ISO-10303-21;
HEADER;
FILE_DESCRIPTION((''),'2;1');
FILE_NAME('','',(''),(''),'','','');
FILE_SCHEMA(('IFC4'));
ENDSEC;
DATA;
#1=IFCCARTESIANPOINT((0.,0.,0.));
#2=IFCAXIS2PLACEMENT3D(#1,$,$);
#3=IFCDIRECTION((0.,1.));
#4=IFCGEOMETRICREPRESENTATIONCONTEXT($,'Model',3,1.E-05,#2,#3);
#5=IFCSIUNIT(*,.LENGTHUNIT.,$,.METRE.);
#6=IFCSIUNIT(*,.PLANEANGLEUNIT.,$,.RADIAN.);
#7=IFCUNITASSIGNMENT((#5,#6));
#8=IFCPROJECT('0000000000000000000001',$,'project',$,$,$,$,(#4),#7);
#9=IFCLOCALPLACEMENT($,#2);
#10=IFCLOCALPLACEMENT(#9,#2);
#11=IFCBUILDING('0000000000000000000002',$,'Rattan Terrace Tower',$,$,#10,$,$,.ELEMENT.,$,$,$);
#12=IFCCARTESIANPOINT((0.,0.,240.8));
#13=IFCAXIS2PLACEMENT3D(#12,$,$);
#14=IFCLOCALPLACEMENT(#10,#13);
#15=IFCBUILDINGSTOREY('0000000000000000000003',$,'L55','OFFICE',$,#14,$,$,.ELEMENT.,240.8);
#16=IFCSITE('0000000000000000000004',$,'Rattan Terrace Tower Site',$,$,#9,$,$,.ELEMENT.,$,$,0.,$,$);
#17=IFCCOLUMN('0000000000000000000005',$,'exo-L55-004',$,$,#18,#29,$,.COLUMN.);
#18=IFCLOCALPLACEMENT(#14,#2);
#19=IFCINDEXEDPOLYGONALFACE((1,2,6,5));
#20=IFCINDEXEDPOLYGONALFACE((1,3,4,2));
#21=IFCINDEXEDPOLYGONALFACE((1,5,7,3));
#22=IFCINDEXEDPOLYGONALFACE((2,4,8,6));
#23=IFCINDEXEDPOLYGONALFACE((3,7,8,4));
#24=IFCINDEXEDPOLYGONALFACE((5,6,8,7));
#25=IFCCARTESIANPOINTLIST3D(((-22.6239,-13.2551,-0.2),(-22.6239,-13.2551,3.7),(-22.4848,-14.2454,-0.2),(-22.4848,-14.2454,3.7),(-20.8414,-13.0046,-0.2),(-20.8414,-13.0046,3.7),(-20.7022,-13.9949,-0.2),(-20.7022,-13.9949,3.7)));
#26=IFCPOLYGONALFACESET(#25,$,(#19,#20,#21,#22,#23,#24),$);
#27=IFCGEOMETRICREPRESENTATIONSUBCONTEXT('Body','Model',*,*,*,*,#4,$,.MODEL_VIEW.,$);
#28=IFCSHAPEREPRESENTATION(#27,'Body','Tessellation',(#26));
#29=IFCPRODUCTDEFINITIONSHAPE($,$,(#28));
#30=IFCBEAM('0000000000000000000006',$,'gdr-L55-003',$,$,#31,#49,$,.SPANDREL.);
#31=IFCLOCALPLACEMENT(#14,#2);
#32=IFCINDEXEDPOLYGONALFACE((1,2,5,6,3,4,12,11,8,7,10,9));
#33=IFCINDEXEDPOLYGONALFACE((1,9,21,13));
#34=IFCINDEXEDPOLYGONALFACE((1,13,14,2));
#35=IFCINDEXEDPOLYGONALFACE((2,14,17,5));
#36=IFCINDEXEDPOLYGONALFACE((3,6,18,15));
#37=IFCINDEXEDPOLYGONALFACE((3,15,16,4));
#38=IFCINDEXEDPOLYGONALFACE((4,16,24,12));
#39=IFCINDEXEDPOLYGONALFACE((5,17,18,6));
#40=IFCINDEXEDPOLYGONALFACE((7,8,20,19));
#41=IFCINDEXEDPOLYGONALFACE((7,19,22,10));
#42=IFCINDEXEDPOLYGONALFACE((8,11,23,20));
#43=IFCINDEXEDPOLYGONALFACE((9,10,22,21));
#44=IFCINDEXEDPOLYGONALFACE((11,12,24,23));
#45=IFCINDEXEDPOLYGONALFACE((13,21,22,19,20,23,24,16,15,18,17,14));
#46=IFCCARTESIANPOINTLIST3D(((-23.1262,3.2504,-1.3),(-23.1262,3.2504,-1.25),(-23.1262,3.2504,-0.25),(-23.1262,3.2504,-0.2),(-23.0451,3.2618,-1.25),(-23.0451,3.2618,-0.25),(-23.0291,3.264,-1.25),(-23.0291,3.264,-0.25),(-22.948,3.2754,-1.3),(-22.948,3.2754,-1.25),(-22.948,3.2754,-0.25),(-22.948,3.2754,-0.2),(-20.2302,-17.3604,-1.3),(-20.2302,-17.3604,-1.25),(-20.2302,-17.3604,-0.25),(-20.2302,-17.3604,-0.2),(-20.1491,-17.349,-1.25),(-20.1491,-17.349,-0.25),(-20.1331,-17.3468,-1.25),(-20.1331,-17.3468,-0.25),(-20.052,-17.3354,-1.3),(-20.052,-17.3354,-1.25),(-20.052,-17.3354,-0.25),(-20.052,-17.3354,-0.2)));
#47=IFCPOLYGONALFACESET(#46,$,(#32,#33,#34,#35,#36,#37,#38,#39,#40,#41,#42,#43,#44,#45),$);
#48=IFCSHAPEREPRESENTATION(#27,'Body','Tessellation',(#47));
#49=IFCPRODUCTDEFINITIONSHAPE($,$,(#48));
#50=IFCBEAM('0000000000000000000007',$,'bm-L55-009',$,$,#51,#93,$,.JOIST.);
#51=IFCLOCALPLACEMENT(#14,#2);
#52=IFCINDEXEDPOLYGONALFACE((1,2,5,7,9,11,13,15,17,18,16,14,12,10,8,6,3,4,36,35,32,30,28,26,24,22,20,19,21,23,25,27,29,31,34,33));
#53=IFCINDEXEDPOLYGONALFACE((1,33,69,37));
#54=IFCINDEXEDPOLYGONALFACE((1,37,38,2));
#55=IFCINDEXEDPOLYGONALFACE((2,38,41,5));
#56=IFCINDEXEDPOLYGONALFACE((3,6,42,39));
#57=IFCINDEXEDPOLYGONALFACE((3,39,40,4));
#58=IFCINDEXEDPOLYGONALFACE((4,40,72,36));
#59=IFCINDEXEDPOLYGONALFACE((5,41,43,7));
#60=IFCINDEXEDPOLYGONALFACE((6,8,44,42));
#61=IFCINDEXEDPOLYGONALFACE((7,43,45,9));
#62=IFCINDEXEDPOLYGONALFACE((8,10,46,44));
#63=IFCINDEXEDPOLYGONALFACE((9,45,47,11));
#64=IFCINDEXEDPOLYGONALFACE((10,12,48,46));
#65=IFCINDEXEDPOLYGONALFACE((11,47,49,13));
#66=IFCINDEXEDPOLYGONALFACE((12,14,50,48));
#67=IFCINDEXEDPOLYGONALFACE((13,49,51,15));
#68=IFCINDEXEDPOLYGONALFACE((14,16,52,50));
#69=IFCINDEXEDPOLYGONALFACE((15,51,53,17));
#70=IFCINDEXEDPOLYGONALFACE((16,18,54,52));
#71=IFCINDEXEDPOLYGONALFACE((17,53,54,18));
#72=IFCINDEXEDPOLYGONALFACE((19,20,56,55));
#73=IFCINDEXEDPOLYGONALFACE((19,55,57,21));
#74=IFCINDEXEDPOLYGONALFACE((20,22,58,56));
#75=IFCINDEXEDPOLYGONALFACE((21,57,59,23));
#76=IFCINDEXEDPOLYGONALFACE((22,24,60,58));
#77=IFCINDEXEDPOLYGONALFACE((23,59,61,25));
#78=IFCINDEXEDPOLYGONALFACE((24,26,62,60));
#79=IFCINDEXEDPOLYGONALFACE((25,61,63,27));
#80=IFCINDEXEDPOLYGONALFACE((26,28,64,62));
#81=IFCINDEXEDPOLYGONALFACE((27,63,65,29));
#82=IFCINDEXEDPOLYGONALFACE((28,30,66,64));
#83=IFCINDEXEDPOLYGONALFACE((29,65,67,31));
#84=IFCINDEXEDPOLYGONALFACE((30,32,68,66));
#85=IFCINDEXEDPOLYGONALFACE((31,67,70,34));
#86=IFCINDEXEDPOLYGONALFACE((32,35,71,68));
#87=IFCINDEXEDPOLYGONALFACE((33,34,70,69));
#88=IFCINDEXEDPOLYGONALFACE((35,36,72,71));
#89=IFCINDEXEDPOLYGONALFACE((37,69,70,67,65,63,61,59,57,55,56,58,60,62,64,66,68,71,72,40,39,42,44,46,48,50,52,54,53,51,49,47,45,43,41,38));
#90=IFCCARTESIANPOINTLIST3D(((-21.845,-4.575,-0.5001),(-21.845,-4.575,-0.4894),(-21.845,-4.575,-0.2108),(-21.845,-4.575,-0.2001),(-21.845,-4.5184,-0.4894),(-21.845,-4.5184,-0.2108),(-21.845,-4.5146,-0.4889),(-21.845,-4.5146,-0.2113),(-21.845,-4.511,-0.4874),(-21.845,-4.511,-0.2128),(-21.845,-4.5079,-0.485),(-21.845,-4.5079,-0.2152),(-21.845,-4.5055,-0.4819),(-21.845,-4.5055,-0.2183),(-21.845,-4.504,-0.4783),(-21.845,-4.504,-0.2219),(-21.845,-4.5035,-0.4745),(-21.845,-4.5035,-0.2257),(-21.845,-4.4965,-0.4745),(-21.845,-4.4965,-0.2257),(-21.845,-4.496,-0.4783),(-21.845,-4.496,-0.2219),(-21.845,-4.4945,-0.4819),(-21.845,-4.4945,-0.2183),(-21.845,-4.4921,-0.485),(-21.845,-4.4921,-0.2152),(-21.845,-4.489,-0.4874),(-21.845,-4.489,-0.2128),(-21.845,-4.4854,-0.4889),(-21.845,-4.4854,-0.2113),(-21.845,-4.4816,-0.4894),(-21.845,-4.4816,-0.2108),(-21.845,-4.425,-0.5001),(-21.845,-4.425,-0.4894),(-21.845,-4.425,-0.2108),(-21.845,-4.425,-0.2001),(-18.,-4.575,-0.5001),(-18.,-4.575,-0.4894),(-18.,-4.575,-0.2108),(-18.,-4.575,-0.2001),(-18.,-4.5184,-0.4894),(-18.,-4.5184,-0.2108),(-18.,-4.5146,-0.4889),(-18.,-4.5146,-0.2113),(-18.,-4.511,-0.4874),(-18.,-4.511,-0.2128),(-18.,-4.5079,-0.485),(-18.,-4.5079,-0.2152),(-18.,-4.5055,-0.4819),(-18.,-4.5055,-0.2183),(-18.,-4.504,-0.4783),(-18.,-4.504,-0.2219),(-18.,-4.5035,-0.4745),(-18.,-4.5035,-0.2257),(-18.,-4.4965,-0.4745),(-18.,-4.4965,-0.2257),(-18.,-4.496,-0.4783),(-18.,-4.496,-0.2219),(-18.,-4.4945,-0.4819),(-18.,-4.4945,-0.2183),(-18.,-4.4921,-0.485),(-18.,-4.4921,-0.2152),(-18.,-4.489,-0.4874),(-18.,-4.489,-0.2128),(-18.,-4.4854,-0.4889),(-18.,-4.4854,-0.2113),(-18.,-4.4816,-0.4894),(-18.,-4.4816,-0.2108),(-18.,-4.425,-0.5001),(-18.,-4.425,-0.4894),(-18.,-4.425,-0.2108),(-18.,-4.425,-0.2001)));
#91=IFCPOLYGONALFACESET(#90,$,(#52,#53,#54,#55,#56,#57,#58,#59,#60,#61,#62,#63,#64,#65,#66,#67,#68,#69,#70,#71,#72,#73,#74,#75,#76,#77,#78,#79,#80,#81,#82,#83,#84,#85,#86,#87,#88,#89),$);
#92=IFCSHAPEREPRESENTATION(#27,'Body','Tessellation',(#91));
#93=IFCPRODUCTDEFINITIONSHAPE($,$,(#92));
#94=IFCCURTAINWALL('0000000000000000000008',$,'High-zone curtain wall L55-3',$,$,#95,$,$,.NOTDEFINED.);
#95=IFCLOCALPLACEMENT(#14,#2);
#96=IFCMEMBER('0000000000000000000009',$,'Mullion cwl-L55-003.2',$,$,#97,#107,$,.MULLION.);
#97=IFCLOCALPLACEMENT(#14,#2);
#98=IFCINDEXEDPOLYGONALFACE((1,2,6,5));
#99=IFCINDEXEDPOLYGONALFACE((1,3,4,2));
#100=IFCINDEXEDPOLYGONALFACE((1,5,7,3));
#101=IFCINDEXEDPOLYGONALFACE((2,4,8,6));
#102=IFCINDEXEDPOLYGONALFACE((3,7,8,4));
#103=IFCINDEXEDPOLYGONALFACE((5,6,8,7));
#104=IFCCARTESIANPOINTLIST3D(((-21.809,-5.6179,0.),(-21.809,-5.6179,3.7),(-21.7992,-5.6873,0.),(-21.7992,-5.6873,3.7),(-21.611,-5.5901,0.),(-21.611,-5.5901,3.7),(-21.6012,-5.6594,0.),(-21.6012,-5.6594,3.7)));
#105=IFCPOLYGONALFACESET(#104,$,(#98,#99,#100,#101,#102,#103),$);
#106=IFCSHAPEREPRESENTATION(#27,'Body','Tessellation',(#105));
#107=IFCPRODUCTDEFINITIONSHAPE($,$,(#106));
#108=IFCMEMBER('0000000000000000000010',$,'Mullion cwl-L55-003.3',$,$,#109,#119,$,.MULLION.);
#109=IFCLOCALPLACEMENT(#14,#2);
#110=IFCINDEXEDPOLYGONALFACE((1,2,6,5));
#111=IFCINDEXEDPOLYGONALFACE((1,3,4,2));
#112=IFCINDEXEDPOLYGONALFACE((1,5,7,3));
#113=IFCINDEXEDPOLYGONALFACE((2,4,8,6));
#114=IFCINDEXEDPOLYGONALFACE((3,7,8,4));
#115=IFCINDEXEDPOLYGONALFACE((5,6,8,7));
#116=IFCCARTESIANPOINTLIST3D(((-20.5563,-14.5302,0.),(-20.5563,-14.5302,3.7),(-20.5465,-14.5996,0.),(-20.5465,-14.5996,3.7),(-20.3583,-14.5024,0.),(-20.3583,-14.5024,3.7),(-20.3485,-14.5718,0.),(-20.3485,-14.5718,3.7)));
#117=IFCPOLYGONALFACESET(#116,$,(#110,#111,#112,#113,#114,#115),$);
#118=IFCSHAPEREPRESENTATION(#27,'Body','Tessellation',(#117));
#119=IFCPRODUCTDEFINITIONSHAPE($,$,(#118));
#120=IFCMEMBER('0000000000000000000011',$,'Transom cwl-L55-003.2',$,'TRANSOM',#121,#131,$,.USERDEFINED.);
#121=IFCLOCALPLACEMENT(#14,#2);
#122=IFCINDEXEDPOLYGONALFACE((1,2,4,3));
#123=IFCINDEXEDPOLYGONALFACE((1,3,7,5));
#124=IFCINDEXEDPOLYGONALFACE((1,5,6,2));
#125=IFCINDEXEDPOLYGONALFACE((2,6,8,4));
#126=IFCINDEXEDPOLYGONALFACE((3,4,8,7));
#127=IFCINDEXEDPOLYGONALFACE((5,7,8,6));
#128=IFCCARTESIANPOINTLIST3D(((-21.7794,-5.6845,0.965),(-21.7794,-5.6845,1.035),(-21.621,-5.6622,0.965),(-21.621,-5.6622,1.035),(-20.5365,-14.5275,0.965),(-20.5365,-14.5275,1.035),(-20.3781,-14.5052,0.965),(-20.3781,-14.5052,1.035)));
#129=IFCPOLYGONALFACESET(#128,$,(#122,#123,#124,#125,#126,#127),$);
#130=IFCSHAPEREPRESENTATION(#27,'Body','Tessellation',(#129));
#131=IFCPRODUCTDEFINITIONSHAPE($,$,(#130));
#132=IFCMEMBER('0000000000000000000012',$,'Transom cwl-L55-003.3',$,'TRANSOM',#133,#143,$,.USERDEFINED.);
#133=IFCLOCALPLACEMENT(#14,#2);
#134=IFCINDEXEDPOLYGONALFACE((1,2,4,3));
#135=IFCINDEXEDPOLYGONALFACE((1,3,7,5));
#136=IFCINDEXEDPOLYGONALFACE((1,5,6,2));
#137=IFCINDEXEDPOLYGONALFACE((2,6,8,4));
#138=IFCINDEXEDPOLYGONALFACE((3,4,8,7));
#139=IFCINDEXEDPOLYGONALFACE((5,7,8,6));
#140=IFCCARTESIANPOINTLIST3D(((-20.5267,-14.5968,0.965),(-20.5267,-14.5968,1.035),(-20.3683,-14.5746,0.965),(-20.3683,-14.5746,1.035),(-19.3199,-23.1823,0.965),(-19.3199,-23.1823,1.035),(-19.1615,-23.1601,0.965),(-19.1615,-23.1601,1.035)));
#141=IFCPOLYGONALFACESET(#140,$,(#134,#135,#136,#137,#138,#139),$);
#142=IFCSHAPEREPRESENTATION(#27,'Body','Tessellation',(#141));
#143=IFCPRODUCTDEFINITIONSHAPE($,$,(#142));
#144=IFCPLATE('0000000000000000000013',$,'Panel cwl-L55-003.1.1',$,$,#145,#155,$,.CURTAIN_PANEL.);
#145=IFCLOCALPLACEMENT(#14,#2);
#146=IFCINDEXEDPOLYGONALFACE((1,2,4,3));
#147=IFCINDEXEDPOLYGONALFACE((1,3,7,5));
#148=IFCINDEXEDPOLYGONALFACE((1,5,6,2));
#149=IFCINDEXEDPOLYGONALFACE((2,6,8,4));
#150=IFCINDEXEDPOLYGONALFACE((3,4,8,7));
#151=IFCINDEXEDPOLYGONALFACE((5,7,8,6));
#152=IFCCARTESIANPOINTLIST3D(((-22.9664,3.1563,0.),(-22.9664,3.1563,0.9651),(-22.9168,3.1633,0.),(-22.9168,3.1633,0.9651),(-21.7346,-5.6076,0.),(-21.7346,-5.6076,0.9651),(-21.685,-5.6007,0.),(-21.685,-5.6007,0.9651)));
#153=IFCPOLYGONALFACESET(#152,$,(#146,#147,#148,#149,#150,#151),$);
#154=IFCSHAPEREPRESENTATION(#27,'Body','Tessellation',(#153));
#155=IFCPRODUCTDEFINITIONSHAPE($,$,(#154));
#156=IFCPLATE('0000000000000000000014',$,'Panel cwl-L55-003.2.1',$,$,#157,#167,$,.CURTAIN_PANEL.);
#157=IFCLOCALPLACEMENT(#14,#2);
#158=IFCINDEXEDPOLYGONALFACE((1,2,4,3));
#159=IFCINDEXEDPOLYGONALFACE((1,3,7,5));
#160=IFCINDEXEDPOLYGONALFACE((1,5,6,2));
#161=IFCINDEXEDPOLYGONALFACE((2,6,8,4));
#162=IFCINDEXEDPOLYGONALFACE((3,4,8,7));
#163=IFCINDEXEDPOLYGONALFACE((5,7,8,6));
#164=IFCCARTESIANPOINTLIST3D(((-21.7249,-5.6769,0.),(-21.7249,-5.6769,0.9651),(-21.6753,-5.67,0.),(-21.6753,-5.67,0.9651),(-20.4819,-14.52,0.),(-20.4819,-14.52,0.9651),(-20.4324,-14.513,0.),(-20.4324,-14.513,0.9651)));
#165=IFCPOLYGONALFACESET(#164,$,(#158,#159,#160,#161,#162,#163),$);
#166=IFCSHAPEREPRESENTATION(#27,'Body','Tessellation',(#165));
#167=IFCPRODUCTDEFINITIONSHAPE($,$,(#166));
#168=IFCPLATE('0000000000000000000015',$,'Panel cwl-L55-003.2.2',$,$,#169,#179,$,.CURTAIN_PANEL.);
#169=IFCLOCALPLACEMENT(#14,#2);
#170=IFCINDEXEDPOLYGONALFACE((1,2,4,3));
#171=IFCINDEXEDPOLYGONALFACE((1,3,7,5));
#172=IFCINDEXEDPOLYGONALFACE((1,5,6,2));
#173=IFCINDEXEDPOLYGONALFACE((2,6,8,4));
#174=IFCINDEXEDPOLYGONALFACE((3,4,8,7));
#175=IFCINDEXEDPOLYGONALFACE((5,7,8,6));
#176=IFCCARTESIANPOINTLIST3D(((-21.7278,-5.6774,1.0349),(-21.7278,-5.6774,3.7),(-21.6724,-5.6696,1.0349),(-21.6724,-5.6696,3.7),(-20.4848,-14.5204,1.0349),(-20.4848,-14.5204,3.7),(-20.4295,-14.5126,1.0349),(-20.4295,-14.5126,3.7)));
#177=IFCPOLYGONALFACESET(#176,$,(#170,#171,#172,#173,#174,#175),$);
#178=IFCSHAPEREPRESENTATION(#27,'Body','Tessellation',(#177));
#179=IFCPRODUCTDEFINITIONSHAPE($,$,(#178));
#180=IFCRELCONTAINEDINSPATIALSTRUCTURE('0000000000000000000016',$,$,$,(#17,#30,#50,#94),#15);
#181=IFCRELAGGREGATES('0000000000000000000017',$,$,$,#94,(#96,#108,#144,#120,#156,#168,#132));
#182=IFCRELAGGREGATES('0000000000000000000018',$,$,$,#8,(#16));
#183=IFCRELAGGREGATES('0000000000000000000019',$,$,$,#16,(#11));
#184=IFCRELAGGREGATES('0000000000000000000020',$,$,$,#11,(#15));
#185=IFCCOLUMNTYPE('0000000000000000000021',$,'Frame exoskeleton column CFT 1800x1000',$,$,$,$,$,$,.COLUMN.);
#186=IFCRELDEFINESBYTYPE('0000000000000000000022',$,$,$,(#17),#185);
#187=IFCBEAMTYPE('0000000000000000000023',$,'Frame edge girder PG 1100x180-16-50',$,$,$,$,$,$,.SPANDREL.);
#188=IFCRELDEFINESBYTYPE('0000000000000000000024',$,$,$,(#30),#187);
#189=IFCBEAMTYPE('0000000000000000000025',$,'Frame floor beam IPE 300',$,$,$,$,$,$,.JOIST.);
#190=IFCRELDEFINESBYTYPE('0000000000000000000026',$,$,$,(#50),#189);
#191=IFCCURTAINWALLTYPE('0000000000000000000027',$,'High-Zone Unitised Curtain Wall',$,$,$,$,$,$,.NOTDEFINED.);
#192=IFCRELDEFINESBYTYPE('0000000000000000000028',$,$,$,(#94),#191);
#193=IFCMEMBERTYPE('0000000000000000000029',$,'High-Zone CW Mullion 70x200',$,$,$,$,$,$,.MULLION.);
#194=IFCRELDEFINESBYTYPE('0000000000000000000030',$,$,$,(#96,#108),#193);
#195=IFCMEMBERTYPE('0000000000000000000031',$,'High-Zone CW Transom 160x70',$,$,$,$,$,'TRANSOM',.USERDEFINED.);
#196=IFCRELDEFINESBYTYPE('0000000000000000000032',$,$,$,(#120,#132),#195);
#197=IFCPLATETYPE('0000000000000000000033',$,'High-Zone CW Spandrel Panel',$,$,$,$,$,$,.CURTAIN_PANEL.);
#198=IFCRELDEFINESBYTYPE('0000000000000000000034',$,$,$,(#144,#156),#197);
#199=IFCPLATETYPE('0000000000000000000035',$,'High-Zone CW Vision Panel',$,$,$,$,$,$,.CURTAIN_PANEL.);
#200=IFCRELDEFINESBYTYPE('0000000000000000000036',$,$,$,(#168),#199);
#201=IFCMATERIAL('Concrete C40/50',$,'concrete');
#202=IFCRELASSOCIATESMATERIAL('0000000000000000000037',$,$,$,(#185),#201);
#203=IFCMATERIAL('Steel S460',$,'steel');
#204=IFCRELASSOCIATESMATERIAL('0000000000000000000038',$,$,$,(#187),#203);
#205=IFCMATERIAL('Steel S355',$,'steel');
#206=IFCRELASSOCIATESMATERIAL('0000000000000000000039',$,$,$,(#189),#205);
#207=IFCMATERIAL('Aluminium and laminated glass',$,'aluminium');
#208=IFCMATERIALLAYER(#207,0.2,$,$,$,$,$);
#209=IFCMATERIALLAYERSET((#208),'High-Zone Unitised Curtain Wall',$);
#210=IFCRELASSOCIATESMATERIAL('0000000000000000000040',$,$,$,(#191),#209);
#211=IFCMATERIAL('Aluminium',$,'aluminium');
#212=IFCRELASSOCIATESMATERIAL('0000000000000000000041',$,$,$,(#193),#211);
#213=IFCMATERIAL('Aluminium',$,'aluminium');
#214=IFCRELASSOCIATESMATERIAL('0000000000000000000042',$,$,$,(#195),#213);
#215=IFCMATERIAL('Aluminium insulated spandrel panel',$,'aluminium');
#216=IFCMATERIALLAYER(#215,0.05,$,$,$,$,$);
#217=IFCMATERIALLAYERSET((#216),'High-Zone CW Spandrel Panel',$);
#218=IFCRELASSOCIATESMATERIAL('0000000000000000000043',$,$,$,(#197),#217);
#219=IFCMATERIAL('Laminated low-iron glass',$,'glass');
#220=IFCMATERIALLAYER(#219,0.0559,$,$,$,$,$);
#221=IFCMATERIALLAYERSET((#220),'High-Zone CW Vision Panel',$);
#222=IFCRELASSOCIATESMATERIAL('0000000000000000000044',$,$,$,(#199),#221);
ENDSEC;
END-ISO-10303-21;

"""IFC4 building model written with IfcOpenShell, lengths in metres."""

from ifc_helpers import new_model, si_unit, direction, frame, origin, origin_2d, place, context, subcontext, project, spatial, rectangle, i_section, extrude, material, layer, layer_set, material_profile, profile_set, type_object, element, aggregate, save


model = new_model("IFC4")

# Units and contexts
model_context = context("Model", 3, precision=1e-05, world=origin(), true_north=direction((0.0, 1.0)))
body_context = subcontext(model_context, "Body", "Model", "MODEL_VIEW")
ifc_project = project(units=[si_unit("LENGTHUNIT", "METRE"), si_unit("PLANEANGLEUNIT", "RADIAN")], contexts=[model_context])

# Site, building, storey
site_placement = place(None, origin())
site = spatial("IfcSite", under=ifc_project, at=site_placement, Name="Rattan Terrace Tower Site", CompositionType="ELEMENT", RefElevation=0.0)
building_placement = place(site_placement, origin())
building = spatial("IfcBuilding", under=site, at=building_placement, Name="Rattan Terrace Tower", CompositionType="ELEMENT")
storey_placement = place(building_placement, frame((0.0, 0.0, 240.8)))
storey = spatial("IfcBuildingStorey", under=building, at=storey_placement, Name="L55", Description="OFFICE", CompositionType="ELEMENT", Elevation=240.8)

# Column
ifc_material_1 = material(Name="Concrete C40/50", Category="concrete")
ifc_material_profile_1 = material_profile(ifc_material_1, rectangle(XDim=1.0, YDim=1.8, at=origin_2d()), Name="CFT 1800x1000")
ifc_profile_set_1 = profile_set([ifc_material_profile_1], Name="Concrete C40/50")
column_type = type_object("IfcColumnType", Name="Frame exoskeleton column CFT 1800x1000", PredefinedType="COLUMN", material=ifc_profile_set_1)
column_placement = place(storey_placement, frame((-21.6631, -13.625, -0.2), z_axis=(0.0, 0.0, 1.0), x_axis=(-0.13919, 0.990266, 0.0)))
element("IfcColumn", 1, at=column_placement, inside=storey, type_object=column_type, Name="exo-L55-004", PredefinedType="COLUMN", context=body_context, shape_type="SweptSolid", body=[
    extrude(rectangle(XDim=1.0, YDim=1.8, at=origin_2d()), origin(), (0.0, 0.0, 1.0), 3.8999),
])

# Beams
ifc_material_2 = material(Name="Steel S460", Category="steel")
ifc_material_profile_2 = material_profile(ifc_material_2, i_section(OverallWidth=0.1799, OverallDepth=1.1001, WebThickness=0.0161, FlangeThickness=0.05, at=origin_2d()), Name="PG 1100x180-16-50")
ifc_profile_set_2 = profile_set([ifc_material_profile_2], Name="Steel S460")
beam_type_1 = type_object("IfcBeamType", Name="Frame edge girder PG 1100x180-16-50", PredefinedType="SPANDREL", material=ifc_profile_set_2)
beam_1_placement = place(storey_placement, frame((-20.1411, -17.3479, -0.75), z_axis=(-0.139142, 0.990272, 0.0), x_axis=(-0.990272, -0.139142, 0.0)))
element("IfcBeam", 2, at=beam_1_placement, inside=storey, type_object=beam_type_1, Name="gdr-L55-003", PredefinedType="SPANDREL", context=body_context, shape_type="SweptSolid", body=[
    extrude(i_section(OverallWidth=0.1799, OverallDepth=1.1001, WebThickness=0.0161, FlangeThickness=0.05, at=origin_2d()), origin(), (0.0, 0.0, 1.0), 20.8132),
])
ifc_material_3 = material(Name="Steel S355", Category="steel")
ifc_material_profile_3 = material_profile(ifc_material_3, i_section(OverallWidth=0.1499, OverallDepth=0.3, WebThickness=0.0071, FlangeThickness=0.0107, FilletRadius=0.0149, at=origin_2d()), Name="IPE 300")
ifc_profile_set_3 = profile_set([ifc_material_profile_3], Name="Steel S355")
beam_type_2 = type_object("IfcBeamType", Name="Frame floor beam IPE 300", PredefinedType="JOIST", material=ifc_profile_set_3)
beam_2_placement = place(storey_placement, frame((-21.845, -4.5, -0.3501), z_axis=(1.0, 0.0, 0.0), x_axis=(0.0, 1.0, 0.0)))
element("IfcBeam", 3, at=beam_2_placement, inside=storey, type_object=beam_type_2, Name="bm-L55-009", PredefinedType="JOIST", context=body_context, shape_type="SweptSolid", body=[
    extrude(i_section(OverallWidth=0.1499, OverallDepth=0.3, WebThickness=0.0071, FlangeThickness=0.0107, FilletRadius=0.0149, at=origin_2d()), origin(), (0.0, 0.0, 1.0), 3.845),
])

# Curtain wall, members, plates
ifc_material_4 = material(Name="Aluminium and laminated glass", Category="aluminium")
ifc_layer_1 = layer(ifc_material_4, 0.2)
ifc_layer_set_1 = layer_set([ifc_layer_1], Name="High-Zone Unitised Curtain Wall")
curtain_wall_type = type_object("IfcCurtainWallType", Name="High-Zone Unitised Curtain Wall", PredefinedType="NOTDEFINED", material=ifc_layer_set_1)
curtain_wall_placement = place(storey_placement, origin())
curtain_wall = element("IfcCurtainWall", 4, at=curtain_wall_placement, inside=storey, type_object=curtain_wall_type, Name="High-zone curtain wall L55-3", PredefinedType="NOTDEFINED")
ifc_material_5 = material(Name="Aluminium", Category="aluminium")
ifc_material_profile_4 = material_profile(ifc_material_5, rectangle(XDim=0.0701, YDim=0.2, at=origin_2d()), Name="Aluminium 70x200")
ifc_profile_set_4 = profile_set([ifc_material_profile_4], Name="Aluminium")
member_type_1 = type_object("IfcMemberType", Name="High-Zone CW Mullion 70x200", PredefinedType="MULLION", material=ifc_profile_set_4)
member_1_placement = place(storey_placement, frame((-21.7051, -5.6387, 0.0), z_axis=(0.0, 0.0, 1.0), x_axis=(0.139186, -0.990266, 0.0)))
member_1 = element("IfcMember", 5, at=member_1_placement, type_object=member_type_1, Name="Mullion cwl-L55-003.2", PredefinedType="MULLION", context=body_context, shape_type="SweptSolid", body=[
    extrude(rectangle(XDim=0.0701, YDim=0.2, at=origin_2d()), origin(), (0.0, 0.0, 1.0), 3.7),
])
member_2_placement = place(storey_placement, frame((-20.4524, -14.551, 0.0), z_axis=(0.0, 0.0, 1.0), x_axis=(0.139186, -0.990266, 0.0)))
member_2 = element("IfcMember", 6, at=member_2_placement, type_object=member_type_1, Name="Mullion cwl-L55-003.3", PredefinedType="MULLION", context=body_context, shape_type="SweptSolid", body=[
    extrude(rectangle(XDim=0.0701, YDim=0.2, at=origin_2d()), origin(), (0.0, 0.0, 1.0), 3.7),
])
ifc_material_6 = material(Name="Aluminium", Category="aluminium")
ifc_material_profile_5 = material_profile(ifc_material_6, rectangle(XDim=0.1599, YDim=0.0701, at=origin_2d()), Name="Aluminium 160x70")
ifc_profile_set_5 = profile_set([ifc_material_profile_5], Name="Aluminium")
member_type_2 = type_object("IfcMemberType", Name="High-Zone CW Transom 160x70", ElementType="TRANSOM", PredefinedType="USERDEFINED", material=ifc_profile_set_5)
member_3_placement = place(storey_placement, frame((-21.7002, -5.6733, 1.0), z_axis=(0.139186, -0.990266, 0.0), x_axis=(0.990266, 0.139186, 0.0)))
member_3 = element("IfcMember", 7, at=member_3_placement, type_object=member_type_2, Name="Transom cwl-L55-003.2", ObjectType="TRANSOM", PredefinedType="USERDEFINED", context=body_context, shape_type="SweptSolid", body=[
    extrude(rectangle(XDim=0.1599, YDim=0.0701, at=origin_2d()), origin(), (0.0, 0.0, 1.0), 8.9299),
])
member_4_placement = place(storey_placement, frame((-20.4475, -14.5857, 1.0), z_axis=(0.139194, -0.990265, 0.0), x_axis=(0.990265, 0.139194, 0.0)))
member_4 = element("IfcMember", 8, at=member_4_placement, type_object=member_type_2, Name="Transom cwl-L55-003.3", ObjectType="TRANSOM", PredefinedType="USERDEFINED", context=body_context, shape_type="SweptSolid", body=[
    extrude(rectangle(XDim=0.1599, YDim=0.0701, at=origin_2d()), origin(), (0.0, 0.0, 1.0), 8.6699),
])
ifc_material_7 = material(Name="Aluminium insulated spandrel panel", Category="aluminium")
ifc_layer_2 = layer(ifc_material_7, 0.05)
ifc_layer_set_2 = layer_set([ifc_layer_2], Name="High-Zone CW Spandrel Panel")
plate_type_1 = type_object("IfcPlateType", Name="High-Zone CW Spandrel Panel", PredefinedType="CURTAIN_PANEL", material=ifc_layer_set_2)
plate_1_placement = place(storey_placement, frame((-22.3257, -1.2222, 0.0), z_axis=(0.0, 0.0, 1.0), x_axis=(0.139186, -0.990266, 0.0)))
plate_1 = element("IfcPlate", 9, at=plate_1_placement, type_object=plate_type_1, Name="Panel cwl-L55-003.1.1", PredefinedType="CURTAIN_PANEL", context=body_context, shape_type="SweptSolid", body=[
    extrude(rectangle(XDim=8.8501, YDim=0.05, at=origin_2d()), origin(), (0.0, 0.0, 1.0), 0.9651),
])
plate_2_placement = place(storey_placement, frame((-21.0786, -10.095, 0.0), z_axis=(0.0, 0.0, 1.0), x_axis=(0.139186, -0.990266, 0.0)))
plate_2 = element("IfcPlate", 10, at=plate_2_placement, type_object=plate_type_1, Name="Panel cwl-L55-003.2.1", PredefinedType="CURTAIN_PANEL", context=body_context, shape_type="SweptSolid", body=[
    extrude(rectangle(XDim=8.9299, YDim=0.05, at=origin_2d()), origin(), (0.0, 0.0, 1.0), 0.9651),
])
ifc_material_8 = material(Name="Laminated low-iron glass", Category="glass")
ifc_layer_3 = layer(ifc_material_8, 0.0559)
ifc_layer_set_3 = layer_set([ifc_layer_3], Name="High-Zone CW Vision Panel")
plate_type_2 = type_object("IfcPlateType", Name="High-Zone CW Vision Panel", PredefinedType="CURTAIN_PANEL", material=ifc_layer_set_3)
plate_3_placement = place(storey_placement, frame((-21.0786, -10.095, 1.0349), z_axis=(0.0, 0.0, 1.0), x_axis=(0.139186, -0.990266, 0.0)))
plate_3 = element("IfcPlate", 11, at=plate_3_placement, type_object=plate_type_2, Name="Panel cwl-L55-003.2.2", PredefinedType="CURTAIN_PANEL", context=body_context, shape_type="SweptSolid", body=[
    extrude(rectangle(XDim=8.9299, YDim=0.0559, at=origin_2d()), origin(), (0.0, 0.0, 1.0), 2.665),
])
aggregate(curtain_wall, [member_1, member_2, plate_1, member_3, plate_2, plate_3, member_4])

save(model, "model.ifc")
